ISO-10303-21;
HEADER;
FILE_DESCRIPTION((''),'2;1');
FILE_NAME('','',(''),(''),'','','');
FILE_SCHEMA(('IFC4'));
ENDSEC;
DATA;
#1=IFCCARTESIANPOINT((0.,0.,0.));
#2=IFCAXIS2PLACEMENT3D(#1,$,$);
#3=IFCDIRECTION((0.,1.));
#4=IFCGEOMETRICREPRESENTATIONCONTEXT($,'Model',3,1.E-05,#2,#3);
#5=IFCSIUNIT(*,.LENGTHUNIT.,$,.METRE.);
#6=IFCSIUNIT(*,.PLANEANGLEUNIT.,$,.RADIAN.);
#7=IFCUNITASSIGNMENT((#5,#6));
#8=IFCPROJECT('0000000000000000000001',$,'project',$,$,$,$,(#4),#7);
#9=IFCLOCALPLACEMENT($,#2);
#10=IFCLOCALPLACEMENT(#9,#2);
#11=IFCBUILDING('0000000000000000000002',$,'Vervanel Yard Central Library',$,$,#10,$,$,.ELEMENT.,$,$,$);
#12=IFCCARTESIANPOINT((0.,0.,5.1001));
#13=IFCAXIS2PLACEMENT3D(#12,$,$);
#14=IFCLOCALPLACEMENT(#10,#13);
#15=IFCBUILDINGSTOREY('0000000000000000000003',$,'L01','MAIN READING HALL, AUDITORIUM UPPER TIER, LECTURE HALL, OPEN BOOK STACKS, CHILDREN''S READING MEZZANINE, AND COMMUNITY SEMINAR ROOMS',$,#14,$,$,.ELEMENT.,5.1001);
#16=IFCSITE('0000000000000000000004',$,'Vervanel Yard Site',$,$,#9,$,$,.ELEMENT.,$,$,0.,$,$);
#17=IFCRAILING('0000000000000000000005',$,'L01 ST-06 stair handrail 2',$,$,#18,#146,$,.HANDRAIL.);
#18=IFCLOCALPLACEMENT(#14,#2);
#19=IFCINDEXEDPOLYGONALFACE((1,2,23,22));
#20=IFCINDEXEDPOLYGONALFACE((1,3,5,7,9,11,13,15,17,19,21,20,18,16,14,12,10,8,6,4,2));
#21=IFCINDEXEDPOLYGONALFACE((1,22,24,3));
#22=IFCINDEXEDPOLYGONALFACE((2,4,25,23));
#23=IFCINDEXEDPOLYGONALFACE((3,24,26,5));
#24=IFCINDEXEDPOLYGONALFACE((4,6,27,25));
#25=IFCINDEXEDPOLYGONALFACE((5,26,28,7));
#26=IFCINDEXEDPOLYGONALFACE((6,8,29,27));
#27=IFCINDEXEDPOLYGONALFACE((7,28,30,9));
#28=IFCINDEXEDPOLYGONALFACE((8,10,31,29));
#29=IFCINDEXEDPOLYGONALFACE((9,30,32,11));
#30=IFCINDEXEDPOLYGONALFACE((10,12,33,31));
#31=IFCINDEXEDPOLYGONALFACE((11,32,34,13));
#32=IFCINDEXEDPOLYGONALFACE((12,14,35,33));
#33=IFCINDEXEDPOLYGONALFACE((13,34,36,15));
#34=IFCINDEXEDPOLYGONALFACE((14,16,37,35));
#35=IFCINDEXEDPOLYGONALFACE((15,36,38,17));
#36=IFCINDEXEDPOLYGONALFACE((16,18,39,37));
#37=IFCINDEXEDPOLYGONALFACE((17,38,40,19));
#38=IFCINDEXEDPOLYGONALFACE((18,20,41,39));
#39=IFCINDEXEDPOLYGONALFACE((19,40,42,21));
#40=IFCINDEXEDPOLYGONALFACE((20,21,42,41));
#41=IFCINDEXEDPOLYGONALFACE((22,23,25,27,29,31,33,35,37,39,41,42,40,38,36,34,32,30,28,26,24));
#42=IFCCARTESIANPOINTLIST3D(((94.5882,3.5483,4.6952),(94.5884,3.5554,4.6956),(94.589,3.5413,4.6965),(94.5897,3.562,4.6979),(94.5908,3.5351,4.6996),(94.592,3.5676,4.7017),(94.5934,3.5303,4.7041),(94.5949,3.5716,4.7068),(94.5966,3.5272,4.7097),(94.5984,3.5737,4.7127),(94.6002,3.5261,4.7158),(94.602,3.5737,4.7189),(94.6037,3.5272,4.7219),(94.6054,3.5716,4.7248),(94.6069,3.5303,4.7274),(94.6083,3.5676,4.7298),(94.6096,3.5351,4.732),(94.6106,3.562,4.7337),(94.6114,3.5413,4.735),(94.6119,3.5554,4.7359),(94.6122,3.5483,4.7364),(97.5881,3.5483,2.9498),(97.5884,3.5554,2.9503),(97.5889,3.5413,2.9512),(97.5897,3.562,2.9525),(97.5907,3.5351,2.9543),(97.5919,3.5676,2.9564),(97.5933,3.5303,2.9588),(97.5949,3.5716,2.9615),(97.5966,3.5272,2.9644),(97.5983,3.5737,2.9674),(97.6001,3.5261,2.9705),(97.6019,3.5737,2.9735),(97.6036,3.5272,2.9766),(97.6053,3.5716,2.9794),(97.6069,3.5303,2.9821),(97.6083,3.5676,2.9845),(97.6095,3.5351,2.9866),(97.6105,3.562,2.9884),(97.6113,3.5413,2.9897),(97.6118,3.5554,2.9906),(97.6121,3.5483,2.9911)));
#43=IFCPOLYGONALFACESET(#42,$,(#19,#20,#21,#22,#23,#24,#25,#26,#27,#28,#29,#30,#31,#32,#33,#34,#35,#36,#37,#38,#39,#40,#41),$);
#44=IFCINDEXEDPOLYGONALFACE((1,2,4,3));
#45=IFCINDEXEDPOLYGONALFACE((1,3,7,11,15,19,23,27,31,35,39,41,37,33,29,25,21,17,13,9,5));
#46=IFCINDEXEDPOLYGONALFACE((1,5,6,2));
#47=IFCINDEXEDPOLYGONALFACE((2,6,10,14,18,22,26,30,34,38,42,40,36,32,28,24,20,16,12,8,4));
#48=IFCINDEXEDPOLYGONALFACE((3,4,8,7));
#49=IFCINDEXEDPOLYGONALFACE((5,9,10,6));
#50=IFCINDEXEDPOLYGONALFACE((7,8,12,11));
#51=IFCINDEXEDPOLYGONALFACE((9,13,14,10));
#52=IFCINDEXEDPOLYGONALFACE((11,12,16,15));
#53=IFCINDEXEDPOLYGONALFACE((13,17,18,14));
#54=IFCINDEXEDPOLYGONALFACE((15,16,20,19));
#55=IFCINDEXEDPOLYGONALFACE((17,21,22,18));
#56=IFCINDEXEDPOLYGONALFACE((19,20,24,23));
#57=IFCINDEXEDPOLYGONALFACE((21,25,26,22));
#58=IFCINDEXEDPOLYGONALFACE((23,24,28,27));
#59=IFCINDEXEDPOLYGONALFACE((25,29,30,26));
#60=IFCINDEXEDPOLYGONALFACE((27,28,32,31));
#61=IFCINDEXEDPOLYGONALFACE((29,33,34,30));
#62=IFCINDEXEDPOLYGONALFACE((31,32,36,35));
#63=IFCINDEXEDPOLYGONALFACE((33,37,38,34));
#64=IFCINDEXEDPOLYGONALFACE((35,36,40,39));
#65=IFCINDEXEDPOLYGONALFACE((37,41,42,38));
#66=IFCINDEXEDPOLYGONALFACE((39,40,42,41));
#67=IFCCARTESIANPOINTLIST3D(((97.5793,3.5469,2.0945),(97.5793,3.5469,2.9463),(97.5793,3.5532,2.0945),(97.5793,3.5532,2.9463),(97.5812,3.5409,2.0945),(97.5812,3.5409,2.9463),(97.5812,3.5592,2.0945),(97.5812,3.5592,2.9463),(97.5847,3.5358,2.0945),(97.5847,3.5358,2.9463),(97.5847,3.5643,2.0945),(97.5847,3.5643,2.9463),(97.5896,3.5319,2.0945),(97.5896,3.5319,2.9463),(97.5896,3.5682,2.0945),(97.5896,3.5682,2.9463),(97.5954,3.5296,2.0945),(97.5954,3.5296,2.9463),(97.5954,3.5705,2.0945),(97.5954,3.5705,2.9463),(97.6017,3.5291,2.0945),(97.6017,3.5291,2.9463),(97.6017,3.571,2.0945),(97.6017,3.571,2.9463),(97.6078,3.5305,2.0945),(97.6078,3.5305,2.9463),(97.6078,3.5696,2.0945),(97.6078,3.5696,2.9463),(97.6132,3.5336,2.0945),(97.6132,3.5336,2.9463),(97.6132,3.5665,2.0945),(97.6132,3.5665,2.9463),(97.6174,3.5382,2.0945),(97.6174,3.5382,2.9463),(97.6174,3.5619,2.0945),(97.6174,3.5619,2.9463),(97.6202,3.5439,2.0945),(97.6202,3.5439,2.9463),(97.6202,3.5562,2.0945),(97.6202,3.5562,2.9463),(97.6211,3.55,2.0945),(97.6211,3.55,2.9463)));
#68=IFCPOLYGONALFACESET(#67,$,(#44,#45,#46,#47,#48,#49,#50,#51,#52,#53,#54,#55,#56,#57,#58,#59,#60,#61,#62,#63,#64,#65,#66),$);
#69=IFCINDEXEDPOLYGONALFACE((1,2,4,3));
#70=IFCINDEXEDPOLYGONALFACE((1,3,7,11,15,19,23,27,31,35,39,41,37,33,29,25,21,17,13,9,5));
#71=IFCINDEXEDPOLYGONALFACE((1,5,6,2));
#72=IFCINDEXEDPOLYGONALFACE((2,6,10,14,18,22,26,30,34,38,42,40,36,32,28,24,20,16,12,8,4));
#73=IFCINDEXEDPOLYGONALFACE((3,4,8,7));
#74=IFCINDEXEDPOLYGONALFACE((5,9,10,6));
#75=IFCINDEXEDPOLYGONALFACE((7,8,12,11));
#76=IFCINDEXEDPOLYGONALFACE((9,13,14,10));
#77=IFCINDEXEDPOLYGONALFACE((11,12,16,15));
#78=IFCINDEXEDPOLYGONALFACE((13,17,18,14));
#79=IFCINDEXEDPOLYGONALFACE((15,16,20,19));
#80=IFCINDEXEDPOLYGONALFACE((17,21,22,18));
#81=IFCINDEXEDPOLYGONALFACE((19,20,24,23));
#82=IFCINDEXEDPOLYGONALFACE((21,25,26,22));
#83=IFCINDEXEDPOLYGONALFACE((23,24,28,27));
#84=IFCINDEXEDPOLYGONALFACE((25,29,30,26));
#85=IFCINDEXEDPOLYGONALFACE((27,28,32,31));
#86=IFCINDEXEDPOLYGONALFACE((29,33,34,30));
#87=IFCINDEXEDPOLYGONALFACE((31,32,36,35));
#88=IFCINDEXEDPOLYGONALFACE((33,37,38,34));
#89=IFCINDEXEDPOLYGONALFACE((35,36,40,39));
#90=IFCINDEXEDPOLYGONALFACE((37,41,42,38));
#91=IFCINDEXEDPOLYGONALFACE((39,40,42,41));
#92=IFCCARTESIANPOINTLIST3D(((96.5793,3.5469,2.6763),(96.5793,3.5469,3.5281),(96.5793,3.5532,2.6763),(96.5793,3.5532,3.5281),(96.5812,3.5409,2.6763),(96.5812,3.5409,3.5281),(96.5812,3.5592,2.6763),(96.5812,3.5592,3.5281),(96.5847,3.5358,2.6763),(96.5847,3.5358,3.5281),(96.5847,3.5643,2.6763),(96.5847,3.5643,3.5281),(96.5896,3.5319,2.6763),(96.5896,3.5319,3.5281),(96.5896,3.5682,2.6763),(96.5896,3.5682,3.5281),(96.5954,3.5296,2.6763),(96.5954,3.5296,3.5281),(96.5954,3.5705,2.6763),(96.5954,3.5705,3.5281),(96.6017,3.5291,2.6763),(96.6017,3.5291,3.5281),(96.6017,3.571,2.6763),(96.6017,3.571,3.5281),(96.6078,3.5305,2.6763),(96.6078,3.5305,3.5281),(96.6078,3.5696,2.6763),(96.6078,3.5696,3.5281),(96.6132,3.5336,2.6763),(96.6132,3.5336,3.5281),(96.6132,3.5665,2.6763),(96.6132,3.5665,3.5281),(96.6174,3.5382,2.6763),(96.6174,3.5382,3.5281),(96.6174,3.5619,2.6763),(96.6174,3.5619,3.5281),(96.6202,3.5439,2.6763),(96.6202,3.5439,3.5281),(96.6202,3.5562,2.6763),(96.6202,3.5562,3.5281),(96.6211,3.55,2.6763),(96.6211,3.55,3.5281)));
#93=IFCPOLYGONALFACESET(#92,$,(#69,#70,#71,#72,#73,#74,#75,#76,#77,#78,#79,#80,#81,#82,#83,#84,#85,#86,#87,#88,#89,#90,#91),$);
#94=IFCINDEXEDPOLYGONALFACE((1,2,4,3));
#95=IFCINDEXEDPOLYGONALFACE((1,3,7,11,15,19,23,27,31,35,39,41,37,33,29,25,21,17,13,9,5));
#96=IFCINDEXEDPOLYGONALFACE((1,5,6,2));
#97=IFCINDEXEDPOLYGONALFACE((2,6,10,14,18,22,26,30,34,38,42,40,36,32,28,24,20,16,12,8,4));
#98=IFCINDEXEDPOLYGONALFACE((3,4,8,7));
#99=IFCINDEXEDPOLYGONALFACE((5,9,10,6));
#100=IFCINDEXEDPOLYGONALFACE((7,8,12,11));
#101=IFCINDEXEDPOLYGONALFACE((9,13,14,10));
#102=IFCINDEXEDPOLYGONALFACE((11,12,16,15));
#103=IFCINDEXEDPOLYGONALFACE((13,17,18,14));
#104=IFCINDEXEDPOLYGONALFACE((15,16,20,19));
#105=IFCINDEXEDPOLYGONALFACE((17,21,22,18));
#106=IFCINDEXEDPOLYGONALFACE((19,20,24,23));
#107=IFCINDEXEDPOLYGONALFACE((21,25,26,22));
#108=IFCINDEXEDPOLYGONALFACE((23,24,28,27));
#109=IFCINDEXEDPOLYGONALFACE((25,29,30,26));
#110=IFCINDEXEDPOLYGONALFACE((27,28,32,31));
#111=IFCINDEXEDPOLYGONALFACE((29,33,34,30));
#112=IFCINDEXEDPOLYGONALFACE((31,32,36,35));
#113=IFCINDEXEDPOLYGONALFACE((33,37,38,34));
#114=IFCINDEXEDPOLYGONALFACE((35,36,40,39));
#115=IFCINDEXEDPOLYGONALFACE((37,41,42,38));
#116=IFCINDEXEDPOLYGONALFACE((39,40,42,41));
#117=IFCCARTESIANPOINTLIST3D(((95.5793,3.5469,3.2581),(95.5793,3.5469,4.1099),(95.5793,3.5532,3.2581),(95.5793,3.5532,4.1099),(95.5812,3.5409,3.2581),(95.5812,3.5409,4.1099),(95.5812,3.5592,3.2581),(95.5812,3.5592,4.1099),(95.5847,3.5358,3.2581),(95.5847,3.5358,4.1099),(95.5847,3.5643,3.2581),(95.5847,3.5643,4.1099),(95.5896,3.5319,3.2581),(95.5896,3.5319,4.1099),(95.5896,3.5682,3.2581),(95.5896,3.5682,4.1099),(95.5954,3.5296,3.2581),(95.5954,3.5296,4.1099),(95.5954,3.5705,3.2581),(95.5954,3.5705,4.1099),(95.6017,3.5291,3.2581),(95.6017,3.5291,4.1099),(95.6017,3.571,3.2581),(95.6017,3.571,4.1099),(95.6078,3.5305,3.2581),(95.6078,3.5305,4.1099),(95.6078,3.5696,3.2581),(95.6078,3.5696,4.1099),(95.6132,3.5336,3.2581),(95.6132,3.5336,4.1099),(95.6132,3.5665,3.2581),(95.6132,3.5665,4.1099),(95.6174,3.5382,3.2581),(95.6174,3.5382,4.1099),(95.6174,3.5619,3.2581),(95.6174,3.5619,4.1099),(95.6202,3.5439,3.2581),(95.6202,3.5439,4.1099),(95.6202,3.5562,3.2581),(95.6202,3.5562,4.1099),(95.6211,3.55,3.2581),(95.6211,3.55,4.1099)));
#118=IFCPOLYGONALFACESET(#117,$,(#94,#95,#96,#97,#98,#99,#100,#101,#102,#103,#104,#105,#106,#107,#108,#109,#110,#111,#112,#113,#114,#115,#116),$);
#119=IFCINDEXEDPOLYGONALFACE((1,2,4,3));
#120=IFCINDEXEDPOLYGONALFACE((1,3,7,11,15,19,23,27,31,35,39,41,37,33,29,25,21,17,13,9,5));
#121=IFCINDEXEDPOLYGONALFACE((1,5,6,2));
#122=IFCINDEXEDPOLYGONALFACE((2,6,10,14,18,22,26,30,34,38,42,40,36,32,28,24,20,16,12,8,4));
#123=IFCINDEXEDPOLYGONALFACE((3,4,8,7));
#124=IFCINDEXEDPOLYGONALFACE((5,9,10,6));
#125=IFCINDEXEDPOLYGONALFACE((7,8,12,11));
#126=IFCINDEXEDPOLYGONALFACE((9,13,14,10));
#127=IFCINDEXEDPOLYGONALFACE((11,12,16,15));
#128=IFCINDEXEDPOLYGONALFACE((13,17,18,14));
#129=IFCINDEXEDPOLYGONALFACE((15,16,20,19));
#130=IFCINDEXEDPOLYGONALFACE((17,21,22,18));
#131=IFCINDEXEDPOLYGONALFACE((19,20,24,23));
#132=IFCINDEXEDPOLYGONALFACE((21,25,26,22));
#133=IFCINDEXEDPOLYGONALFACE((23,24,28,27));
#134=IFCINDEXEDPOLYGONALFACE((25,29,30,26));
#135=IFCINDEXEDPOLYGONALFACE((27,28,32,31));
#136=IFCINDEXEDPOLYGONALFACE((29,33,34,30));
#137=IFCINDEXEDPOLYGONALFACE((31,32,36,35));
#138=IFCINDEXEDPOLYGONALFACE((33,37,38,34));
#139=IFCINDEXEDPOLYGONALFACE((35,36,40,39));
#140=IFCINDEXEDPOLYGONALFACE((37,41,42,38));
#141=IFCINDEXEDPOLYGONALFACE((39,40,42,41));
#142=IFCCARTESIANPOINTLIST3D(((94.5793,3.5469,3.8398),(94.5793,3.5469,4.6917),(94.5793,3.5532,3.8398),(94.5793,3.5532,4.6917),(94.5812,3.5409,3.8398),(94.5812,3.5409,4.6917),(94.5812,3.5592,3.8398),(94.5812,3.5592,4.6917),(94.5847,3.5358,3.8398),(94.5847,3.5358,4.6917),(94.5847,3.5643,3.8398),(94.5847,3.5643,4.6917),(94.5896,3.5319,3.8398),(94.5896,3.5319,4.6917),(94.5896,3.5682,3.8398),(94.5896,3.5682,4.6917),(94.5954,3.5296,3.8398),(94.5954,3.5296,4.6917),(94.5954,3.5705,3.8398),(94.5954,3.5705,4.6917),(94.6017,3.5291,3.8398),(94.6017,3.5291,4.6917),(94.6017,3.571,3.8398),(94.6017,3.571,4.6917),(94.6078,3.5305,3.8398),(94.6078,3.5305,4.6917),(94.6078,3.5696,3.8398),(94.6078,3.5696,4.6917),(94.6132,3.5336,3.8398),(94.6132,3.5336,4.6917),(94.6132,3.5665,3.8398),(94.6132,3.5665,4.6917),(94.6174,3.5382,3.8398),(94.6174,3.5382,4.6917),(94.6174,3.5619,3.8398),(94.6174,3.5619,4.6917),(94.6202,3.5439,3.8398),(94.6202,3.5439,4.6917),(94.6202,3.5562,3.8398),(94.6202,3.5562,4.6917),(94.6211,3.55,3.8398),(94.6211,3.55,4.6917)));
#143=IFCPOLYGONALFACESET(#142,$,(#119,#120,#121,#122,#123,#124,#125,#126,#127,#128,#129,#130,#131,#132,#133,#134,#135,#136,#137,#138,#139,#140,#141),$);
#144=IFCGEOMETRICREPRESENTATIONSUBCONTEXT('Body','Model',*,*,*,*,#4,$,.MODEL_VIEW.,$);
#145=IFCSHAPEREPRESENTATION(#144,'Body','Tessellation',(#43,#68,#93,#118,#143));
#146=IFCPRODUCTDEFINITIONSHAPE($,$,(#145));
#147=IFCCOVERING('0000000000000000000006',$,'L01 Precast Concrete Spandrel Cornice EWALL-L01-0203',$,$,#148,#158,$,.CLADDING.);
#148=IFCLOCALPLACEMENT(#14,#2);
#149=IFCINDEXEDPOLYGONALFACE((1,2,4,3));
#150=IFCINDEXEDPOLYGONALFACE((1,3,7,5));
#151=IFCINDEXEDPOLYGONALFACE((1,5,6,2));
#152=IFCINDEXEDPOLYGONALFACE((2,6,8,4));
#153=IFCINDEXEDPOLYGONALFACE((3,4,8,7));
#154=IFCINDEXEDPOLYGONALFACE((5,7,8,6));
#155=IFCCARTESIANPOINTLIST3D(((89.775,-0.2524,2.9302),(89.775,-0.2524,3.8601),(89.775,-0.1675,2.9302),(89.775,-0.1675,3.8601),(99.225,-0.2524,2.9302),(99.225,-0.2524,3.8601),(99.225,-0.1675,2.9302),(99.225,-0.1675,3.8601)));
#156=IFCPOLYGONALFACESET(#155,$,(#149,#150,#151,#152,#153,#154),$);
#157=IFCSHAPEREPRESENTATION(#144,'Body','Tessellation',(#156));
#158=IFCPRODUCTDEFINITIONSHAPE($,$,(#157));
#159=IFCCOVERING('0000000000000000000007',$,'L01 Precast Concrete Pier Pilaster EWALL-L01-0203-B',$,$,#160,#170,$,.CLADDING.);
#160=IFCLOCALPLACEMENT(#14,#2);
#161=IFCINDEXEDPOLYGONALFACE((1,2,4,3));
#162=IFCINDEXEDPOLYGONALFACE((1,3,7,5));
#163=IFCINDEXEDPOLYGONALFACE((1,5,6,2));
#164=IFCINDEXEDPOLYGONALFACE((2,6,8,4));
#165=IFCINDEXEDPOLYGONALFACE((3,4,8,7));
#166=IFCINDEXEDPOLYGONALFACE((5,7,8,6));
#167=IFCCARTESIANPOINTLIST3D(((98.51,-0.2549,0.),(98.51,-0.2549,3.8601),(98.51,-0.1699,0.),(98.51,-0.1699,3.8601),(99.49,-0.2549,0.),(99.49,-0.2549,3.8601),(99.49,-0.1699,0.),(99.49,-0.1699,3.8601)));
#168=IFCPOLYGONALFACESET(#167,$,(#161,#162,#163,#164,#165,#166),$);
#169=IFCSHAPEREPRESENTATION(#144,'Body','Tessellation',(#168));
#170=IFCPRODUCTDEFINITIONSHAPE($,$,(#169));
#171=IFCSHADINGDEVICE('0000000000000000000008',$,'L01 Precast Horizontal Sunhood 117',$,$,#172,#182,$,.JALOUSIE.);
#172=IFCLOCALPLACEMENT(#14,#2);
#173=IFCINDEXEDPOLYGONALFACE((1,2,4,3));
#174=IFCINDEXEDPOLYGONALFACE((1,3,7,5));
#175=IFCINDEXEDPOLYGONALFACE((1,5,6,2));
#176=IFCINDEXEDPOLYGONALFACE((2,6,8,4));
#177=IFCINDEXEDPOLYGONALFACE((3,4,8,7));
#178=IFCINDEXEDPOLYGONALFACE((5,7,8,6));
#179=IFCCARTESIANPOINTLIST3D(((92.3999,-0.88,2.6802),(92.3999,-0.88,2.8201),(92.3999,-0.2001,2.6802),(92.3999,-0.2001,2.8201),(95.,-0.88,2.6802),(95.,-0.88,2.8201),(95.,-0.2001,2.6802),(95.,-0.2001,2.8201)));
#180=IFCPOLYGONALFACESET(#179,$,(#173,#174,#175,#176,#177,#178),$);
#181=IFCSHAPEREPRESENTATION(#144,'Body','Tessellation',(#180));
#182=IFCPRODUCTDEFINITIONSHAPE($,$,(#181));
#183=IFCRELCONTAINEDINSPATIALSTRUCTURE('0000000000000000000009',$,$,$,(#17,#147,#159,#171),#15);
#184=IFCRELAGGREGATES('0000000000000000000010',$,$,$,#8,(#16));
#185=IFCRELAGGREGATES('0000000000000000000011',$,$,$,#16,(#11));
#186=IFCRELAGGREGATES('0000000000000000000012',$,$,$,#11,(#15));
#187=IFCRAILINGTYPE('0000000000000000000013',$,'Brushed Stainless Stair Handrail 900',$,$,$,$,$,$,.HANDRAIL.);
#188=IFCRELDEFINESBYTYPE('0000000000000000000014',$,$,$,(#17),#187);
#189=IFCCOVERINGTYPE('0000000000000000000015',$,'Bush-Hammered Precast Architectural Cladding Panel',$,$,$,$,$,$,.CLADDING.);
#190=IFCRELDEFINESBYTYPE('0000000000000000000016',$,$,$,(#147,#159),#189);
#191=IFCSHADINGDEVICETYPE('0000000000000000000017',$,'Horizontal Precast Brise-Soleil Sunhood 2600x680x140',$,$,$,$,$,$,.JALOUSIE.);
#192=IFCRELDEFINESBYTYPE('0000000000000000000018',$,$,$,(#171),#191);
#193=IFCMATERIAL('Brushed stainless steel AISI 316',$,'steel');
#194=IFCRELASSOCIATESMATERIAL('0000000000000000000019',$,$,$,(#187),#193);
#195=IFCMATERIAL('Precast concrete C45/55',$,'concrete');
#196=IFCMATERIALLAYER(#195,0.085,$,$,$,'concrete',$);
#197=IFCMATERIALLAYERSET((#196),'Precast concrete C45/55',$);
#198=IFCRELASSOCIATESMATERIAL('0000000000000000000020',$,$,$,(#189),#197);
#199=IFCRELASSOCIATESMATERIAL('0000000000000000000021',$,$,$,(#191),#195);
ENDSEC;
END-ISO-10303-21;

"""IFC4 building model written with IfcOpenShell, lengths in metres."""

from ifc_helpers import new_model, si_unit, direction, frame, origin, origin_2d, place, context, subcontext, project, spatial, rectangle, circle, extrude, material, layer, layer_set, type_object, element, save


model = new_model("IFC4")

# Units and contexts
model_context = context("Model", 3, precision=1e-05, world=origin(), true_north=direction((0.0, 1.0)))
body_context = subcontext(model_context, "Body", "Model", "MODEL_VIEW")
ifc_project = project(units=[si_unit("LENGTHUNIT", "METRE"), si_unit("PLANEANGLEUNIT", "RADIAN")], contexts=[model_context])

# Site, building, storey
site_placement = place(None, origin())
site = spatial("IfcSite", under=ifc_project, at=site_placement, Name="Vervanel Yard Site", CompositionType="ELEMENT", RefElevation=0.0)
building_placement = place(site_placement, origin())
building = spatial("IfcBuilding", under=site, at=building_placement, Name="Vervanel Yard Central Library", CompositionType="ELEMENT")
storey_placement = place(building_placement, frame((0.0, 0.0, 5.1001)))
storey = spatial("IfcBuildingStorey", under=building, at=storey_placement, Name="L01", Description="MAIN READING HALL, AUDITORIUM UPPER TIER, LECTURE HALL, OPEN BOOK STACKS, CHILDREN'S READING MEZZANINE, AND COMMUNITY SEMINAR ROOMS", CompositionType="ELEMENT", Elevation=5.1001)

# Railing
ifc_material_1 = material(Name="Brushed stainless steel AISI 316", Category="steel")
railing_type_1 = type_object("IfcRailingType", Name="Brushed Stainless Stair Handrail 900", PredefinedType="HANDRAIL", material=ifc_material_1)
railing_1_placement = place(storey_placement, frame((97.6001, 3.55, 2.0945)))
element("IfcRailing", 1, at=railing_1_placement, inside=storey, type_object=railing_type_1, Name="L01 ST-06 stair handrail 2", PredefinedType="HANDRAIL", context=body_context, shape_type="SweptSolid", body=[
    extrude(circle(Radius=0.0239, at=origin_2d()), frame((0.0, 0.0, 0.876), z_axis=(-0.86436, 0.0, 0.502874), x_axis=(0.0, -1.0, 0.0)), (0.0, 0.0, 1.0), 3.4707),
    extrude(circle(Radius=0.021, at=origin_2d()), origin(), (0.0, 0.0, 1.0), 0.8518),
    extrude(circle(Radius=0.021, at=origin_2d()), frame((-1.0, 0.0, 0.5818)), (0.0, 0.0, 1.0), 0.8518),
    extrude(circle(Radius=0.021, at=origin_2d()), frame((-2.0, 0.0, 1.1636)), (0.0, 0.0, 1.0), 0.8518),
    extrude(circle(Radius=0.021, at=origin_2d()), frame((-3.0, 0.0, 1.7454)), (0.0, 0.0, 1.0), 0.8518),
])

# Coverings
ifc_material_2 = material(Name="Precast concrete C45/55", Category="concrete")
ifc_layer_1 = layer(ifc_material_2, 0.085, Category="concrete")
ifc_layer_set_1 = layer_set([ifc_layer_1], Name="Precast concrete C45/55")
covering_type = type_object("IfcCoveringType", Name="Bush-Hammered Precast Architectural Cladding Panel", PredefinedType="CLADDING", material=ifc_layer_set_1)
covering_1_placement = place(storey_placement, frame((94.5, -0.21, 2.9302), z_axis=(0.0, 0.0, 1.0), x_axis=(1.0, 0.0, 0.0)))
element("IfcCovering", 2, at=covering_1_placement, inside=storey, type_object=covering_type, Name="L01 Precast Concrete Spandrel Cornice EWALL-L01-0203", PredefinedType="CLADDING", context=body_context, shape_type="SweptSolid", body=[
    extrude(rectangle(XDim=9.45, YDim=0.085, at=origin_2d()), origin(), (0.0, 0.0, 1.0), 0.9299),
])
covering_2_placement = place(storey_placement, frame((99.0, -0.2124, 0.0), z_axis=(0.0, 0.0, 1.0), x_axis=(1.0, 0.0, 0.0)))
element("IfcCovering", 3, at=covering_2_placement, inside=storey, type_object=covering_type, Name="L01 Precast Concrete Pier Pilaster EWALL-L01-0203-B", PredefinedType="CLADDING", context=body_context, shape_type="SweptSolid", body=[
    extrude(rectangle(XDim=0.98, YDim=0.085, at=origin_2d()), origin(), (0.0, 0.0, 1.0), 3.8601),
])

# Shading device
shading_device_type_1 = type_object("IfcShadingDeviceType", Name="Horizontal Precast Brise-Soleil Sunhood 2600x680x140", PredefinedType="JALOUSIE", material=ifc_material_2)
shading_device_placement = place(storey_placement, frame((93.7, -0.54, 2.6802), z_axis=(0.0, 0.0, 1.0), x_axis=(1.0, 0.0, 0.0)))
element("IfcShadingDevice", 4, at=shading_device_placement, inside=storey, type_object=shading_device_type_1, Name="L01 Precast Horizontal Sunhood 117", PredefinedType="JALOUSIE", context=body_context, shape_type="SweptSolid", body=[
    extrude(rectangle(XDim=2.6001, YDim=0.6799, at=origin_2d()), origin(), (0.0, 0.0, 1.0), 0.1399),
])

save(model, "model.ifc")
